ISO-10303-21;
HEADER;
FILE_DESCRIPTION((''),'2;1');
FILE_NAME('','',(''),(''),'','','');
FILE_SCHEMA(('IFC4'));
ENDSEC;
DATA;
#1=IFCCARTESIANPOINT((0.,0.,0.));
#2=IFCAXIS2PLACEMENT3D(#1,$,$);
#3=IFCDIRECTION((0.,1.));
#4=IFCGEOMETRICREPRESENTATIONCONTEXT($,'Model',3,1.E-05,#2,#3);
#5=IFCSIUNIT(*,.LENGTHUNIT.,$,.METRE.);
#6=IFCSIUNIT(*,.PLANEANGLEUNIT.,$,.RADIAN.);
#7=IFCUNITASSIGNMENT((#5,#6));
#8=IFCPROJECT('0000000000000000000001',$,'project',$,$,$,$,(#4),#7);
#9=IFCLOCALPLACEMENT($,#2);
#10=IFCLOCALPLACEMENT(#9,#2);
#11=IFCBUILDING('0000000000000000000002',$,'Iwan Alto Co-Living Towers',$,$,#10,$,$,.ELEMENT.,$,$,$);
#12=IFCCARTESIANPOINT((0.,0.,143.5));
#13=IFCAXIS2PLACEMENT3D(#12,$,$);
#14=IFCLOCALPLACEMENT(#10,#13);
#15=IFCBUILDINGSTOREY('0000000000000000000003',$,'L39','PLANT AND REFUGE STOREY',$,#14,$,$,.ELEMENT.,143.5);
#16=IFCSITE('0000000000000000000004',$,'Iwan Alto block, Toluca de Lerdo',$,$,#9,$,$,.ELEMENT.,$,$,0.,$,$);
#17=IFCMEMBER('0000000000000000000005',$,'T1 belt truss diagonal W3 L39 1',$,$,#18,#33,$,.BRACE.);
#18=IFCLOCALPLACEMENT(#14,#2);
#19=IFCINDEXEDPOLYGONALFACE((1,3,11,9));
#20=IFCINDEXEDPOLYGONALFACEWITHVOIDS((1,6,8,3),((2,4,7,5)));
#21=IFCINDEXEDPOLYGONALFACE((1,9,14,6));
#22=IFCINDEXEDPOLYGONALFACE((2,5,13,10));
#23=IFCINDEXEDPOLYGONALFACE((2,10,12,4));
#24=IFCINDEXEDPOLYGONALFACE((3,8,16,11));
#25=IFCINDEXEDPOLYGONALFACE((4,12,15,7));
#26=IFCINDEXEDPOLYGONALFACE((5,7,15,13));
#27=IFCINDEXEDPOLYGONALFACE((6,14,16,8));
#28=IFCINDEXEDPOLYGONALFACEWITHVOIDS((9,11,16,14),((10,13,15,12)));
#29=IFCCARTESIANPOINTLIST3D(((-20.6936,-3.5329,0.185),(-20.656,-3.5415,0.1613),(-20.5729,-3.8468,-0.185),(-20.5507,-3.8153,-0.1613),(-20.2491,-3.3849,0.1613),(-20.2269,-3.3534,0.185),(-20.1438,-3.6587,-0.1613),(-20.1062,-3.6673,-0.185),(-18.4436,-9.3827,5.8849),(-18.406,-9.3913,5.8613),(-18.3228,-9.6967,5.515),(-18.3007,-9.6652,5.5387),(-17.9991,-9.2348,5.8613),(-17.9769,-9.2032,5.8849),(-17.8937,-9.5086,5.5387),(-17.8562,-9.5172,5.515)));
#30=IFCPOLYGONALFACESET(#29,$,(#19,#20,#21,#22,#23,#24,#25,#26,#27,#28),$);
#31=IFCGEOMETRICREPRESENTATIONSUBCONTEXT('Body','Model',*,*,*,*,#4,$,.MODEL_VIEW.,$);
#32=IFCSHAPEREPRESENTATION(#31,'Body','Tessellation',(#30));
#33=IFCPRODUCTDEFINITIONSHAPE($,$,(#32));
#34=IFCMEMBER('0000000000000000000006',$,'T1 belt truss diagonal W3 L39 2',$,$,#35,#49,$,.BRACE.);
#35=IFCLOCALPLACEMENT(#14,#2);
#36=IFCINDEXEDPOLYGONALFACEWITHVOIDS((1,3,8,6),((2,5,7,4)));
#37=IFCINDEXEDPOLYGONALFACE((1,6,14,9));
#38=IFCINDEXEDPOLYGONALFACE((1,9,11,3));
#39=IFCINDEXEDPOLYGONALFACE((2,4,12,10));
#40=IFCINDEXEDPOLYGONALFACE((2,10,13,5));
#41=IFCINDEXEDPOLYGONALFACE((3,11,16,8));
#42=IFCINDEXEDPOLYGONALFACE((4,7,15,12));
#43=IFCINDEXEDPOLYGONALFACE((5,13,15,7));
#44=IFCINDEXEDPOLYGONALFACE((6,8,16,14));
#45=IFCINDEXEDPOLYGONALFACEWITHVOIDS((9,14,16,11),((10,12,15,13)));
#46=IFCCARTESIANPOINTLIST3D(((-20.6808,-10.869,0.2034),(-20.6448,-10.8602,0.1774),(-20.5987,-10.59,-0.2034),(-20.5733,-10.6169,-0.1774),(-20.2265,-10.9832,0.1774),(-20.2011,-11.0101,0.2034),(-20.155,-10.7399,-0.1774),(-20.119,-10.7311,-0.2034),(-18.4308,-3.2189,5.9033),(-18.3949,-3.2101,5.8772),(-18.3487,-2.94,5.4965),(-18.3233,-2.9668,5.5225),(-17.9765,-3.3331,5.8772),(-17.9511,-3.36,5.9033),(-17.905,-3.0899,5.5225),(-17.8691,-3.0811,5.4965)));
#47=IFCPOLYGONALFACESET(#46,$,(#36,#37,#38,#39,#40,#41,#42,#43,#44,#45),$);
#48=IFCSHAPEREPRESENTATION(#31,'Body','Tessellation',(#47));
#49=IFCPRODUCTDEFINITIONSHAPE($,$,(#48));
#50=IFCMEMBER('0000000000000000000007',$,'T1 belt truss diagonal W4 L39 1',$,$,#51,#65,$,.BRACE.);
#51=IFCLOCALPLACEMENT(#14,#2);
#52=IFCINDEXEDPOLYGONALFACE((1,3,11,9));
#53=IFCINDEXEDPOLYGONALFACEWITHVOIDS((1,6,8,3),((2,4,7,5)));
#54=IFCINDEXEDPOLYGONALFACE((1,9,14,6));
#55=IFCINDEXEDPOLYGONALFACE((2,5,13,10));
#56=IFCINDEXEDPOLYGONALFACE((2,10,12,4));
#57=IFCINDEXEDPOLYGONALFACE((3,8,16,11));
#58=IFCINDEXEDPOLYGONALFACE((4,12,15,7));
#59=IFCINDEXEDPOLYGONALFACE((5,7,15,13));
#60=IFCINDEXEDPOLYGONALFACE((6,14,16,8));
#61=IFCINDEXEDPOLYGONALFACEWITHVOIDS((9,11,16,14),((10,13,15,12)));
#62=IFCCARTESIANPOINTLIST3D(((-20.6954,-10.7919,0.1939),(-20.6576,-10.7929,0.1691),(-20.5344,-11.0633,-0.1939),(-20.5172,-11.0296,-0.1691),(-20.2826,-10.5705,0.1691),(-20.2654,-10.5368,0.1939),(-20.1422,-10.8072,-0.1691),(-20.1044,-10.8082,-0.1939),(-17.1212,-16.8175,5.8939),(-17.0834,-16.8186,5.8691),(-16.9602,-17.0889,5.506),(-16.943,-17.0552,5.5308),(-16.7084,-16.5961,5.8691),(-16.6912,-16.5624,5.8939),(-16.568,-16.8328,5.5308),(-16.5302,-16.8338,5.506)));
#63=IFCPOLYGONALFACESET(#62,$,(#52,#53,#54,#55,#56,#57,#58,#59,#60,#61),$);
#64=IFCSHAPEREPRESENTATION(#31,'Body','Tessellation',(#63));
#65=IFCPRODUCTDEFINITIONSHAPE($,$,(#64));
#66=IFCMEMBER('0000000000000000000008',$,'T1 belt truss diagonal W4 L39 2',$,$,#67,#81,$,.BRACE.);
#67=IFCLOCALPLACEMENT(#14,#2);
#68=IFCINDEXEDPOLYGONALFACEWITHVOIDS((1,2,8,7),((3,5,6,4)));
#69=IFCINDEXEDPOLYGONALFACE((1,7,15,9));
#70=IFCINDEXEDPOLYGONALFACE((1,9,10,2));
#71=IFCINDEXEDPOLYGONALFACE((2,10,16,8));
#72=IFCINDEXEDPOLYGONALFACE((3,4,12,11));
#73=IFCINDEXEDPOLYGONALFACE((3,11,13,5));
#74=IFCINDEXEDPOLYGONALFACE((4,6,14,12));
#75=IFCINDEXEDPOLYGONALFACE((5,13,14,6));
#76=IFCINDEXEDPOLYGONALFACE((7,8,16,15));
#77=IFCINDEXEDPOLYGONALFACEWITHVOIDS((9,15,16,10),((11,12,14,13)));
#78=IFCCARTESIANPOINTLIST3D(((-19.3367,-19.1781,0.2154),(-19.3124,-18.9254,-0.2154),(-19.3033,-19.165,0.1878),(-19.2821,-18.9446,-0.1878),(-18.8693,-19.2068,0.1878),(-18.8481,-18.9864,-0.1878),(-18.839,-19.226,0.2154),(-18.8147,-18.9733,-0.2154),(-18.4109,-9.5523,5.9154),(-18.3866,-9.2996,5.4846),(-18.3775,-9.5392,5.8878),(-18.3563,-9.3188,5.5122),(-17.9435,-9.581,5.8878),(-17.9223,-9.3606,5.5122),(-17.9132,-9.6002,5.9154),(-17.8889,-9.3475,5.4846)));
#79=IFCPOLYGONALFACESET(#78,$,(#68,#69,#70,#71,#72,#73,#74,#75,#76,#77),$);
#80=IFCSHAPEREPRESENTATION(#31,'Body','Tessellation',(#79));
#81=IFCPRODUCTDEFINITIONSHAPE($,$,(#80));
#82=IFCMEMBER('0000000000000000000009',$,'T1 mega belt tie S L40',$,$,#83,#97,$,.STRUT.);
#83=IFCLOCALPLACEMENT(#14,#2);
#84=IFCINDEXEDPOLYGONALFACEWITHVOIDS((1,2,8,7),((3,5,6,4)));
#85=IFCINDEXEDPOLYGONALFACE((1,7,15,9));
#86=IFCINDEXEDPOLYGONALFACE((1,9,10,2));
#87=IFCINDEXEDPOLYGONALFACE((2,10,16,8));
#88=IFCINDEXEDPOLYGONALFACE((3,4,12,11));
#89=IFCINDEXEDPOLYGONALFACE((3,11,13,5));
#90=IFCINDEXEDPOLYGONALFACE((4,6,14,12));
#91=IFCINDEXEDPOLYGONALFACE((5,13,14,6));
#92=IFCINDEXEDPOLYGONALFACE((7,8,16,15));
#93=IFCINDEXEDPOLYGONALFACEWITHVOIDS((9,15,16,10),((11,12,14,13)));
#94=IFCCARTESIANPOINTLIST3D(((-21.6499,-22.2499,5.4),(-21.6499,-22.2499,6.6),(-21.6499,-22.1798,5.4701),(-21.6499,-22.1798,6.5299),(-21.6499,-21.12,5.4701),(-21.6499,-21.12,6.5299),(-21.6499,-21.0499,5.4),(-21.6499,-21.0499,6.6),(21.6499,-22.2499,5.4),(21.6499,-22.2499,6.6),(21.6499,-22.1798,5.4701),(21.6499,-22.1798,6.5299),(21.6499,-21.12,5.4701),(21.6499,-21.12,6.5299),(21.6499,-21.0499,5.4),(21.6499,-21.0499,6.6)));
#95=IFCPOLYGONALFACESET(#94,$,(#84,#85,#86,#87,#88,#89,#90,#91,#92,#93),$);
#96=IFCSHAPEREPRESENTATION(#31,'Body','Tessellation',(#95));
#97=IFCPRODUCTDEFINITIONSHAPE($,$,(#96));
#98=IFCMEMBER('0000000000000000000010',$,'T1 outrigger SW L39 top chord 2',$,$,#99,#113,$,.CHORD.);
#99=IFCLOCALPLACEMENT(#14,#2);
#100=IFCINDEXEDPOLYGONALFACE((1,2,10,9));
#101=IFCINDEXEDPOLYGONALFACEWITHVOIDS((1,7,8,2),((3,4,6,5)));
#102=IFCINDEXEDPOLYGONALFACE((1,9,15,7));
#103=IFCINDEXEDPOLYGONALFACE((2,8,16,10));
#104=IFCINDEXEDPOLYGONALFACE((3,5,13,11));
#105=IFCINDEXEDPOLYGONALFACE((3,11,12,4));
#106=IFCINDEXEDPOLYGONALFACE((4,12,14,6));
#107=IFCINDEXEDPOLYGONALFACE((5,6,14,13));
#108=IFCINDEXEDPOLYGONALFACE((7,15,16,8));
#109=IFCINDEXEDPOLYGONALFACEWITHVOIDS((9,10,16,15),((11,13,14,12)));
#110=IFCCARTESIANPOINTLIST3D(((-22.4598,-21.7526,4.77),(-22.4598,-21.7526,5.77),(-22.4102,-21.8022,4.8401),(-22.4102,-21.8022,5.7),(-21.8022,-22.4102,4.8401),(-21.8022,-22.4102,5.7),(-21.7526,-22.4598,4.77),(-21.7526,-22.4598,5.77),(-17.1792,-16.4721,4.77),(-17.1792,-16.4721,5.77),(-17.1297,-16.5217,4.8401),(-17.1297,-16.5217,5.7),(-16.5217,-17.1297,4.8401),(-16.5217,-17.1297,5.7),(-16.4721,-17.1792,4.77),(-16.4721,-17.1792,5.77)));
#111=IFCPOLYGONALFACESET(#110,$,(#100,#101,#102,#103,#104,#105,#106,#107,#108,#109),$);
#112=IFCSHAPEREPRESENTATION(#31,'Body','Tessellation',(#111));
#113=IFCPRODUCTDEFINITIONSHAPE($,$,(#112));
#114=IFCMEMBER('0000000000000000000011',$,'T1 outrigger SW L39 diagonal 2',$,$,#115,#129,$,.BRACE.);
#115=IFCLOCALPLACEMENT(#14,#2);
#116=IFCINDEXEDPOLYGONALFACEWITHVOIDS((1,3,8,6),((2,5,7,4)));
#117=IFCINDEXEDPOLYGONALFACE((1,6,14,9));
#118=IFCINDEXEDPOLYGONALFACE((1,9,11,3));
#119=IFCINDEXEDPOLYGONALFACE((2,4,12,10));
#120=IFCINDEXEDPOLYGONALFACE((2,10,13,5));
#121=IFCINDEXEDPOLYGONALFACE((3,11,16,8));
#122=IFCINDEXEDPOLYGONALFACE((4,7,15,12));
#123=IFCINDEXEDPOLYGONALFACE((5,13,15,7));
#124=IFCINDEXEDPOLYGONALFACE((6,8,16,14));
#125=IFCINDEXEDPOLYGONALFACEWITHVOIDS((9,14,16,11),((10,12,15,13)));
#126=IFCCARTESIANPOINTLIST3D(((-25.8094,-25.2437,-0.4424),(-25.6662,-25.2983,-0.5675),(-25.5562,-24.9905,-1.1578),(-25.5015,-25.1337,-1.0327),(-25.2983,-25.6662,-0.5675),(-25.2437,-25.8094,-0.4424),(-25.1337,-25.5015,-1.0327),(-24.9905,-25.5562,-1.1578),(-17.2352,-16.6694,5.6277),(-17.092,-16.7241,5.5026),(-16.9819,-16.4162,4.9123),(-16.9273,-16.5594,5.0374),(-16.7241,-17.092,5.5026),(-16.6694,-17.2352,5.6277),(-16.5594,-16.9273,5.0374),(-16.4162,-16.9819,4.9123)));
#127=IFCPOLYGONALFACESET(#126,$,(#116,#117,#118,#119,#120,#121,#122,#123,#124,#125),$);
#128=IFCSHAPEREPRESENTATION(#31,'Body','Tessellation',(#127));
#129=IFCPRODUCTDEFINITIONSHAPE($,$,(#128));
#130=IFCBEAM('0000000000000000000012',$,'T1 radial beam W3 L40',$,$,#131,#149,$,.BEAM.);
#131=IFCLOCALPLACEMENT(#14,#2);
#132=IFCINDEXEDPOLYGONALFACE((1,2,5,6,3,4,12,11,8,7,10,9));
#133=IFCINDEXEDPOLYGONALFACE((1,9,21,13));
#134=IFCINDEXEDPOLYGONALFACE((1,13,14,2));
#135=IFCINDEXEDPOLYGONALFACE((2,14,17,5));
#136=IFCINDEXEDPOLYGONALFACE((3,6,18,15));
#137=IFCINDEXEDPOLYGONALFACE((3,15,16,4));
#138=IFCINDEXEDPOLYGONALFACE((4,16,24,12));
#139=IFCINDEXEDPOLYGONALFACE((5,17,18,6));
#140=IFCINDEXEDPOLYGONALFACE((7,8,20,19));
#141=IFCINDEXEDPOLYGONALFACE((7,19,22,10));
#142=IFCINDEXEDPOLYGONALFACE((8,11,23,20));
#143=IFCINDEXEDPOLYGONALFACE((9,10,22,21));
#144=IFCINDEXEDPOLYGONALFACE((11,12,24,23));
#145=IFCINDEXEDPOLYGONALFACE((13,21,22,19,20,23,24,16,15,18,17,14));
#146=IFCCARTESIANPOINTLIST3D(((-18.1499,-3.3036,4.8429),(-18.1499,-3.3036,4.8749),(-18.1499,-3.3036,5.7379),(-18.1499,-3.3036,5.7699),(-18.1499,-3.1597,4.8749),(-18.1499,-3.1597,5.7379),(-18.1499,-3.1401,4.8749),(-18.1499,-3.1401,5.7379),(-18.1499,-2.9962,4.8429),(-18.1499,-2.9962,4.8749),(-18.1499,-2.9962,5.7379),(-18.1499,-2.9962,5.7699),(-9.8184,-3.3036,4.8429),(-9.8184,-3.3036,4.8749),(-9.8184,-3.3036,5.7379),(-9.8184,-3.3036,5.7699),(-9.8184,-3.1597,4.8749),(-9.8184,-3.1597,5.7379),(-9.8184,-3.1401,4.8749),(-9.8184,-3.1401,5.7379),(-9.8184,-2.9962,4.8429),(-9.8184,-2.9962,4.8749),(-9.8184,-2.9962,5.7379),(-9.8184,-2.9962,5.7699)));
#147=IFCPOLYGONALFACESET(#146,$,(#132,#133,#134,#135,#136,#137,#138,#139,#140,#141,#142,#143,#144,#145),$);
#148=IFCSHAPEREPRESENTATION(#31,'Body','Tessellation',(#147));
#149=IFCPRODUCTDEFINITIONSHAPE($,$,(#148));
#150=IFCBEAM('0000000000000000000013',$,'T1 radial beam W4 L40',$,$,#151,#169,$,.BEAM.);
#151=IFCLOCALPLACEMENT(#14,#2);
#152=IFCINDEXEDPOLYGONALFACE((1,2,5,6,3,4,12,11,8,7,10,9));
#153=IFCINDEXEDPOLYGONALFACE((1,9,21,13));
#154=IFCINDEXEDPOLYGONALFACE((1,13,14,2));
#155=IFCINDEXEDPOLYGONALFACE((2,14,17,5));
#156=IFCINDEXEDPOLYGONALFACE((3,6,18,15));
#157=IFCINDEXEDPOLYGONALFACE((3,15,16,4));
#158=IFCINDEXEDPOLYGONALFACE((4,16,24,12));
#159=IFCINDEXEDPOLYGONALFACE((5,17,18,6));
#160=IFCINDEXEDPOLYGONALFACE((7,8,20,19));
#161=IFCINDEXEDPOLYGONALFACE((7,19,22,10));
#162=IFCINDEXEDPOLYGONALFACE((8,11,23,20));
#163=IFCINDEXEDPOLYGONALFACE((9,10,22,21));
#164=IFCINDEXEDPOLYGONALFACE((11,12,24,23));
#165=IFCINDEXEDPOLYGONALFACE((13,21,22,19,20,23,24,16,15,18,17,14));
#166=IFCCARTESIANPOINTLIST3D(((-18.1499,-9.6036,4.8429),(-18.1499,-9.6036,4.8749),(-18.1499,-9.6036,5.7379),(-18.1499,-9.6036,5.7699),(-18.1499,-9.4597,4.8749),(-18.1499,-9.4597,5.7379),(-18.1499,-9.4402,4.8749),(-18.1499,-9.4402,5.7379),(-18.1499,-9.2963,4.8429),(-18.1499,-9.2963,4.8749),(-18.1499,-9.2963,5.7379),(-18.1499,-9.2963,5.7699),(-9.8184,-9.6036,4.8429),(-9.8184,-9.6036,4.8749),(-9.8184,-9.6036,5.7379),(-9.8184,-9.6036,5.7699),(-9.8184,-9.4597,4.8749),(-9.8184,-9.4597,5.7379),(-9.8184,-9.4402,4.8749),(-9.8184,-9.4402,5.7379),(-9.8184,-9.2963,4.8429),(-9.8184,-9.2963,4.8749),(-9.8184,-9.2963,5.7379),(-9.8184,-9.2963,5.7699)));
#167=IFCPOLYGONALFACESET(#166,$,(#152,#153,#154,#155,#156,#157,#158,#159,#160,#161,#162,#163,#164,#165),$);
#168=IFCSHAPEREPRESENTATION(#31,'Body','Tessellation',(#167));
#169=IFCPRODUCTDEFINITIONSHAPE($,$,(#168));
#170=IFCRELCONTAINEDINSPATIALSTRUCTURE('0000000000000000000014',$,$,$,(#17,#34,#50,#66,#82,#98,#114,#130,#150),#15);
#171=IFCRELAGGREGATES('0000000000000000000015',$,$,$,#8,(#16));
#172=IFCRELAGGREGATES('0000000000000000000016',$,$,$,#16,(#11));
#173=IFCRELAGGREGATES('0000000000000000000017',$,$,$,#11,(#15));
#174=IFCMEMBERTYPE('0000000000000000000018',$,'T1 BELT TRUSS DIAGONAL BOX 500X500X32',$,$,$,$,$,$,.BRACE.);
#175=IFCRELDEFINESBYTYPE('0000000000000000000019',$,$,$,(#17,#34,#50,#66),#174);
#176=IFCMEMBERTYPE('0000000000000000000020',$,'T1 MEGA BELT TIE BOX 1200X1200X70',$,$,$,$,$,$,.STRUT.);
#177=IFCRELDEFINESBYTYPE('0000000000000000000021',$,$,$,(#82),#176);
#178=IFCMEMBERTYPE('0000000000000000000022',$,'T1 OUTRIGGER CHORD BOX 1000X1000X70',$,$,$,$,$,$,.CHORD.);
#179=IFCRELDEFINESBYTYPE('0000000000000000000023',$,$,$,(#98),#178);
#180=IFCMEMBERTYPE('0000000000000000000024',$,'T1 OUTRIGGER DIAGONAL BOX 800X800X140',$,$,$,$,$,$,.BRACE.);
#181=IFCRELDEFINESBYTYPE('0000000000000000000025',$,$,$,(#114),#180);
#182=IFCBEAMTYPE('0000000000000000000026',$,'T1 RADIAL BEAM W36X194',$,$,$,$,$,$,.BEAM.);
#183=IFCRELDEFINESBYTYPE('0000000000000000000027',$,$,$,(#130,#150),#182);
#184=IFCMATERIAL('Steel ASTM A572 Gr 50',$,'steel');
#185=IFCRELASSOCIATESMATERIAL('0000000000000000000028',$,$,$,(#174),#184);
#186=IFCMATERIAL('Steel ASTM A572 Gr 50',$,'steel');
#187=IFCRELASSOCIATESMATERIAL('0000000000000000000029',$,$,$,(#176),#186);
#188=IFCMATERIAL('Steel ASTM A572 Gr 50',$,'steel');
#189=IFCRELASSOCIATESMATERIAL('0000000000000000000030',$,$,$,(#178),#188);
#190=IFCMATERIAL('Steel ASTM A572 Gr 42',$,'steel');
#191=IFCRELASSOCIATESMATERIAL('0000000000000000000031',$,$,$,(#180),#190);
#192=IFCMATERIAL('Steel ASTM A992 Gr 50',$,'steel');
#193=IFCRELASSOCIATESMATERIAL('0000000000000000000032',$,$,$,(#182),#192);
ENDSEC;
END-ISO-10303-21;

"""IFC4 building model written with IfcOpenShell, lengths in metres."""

from ifc_helpers import new_model, si_unit, direction, frame, origin, origin_2d, place, context, subcontext, project, spatial, hollow_rectangle, i_section, extrude, material, material_profile, profile_set, type_object, element, save


model = new_model("IFC4")

# Units and contexts
model_context = context("Model", 3, precision=1e-05, world=origin(), true_north=direction((0.0, 1.0)))
body_context = subcontext(model_context, "Body", "Model", "MODEL_VIEW")
ifc_project = project(units=[si_unit("LENGTHUNIT", "METRE"), si_unit("PLANEANGLEUNIT", "RADIAN")], contexts=[model_context])

# Site, building, storey
site_placement = place(None, origin())
site = spatial("IfcSite", under=ifc_project, at=site_placement, Name="Iwan Alto block, Toluca de Lerdo", CompositionType="ELEMENT", RefElevation=0.0)
building_placement = place(site_placement, origin())
building = spatial("IfcBuilding", under=site, at=building_placement, Name="Iwan Alto Co-Living Towers", CompositionType="ELEMENT")
storey_placement = place(building_placement, frame((0.0, 0.0, 143.5)))
storey = spatial("IfcBuildingStorey", under=building, at=storey_placement, Name="L39", Description="PLANT AND REFUGE STOREY", CompositionType="ELEMENT", Elevation=143.5)

# Members
ifc_material_1 = material(Name="Steel ASTM A572 Gr 50", Category="steel")
ifc_material_profile_1 = material_profile(ifc_material_1, hollow_rectangle(XDim=0.5, YDim=0.5, WallThickness=0.032, at=origin_2d()), Name="BOX 500X500X32")
ifc_profile_set_1 = profile_set([ifc_material_profile_1], Name="Steel ASTM A572 Gr 50")
member_type_1 = type_object("IfcMemberType", Name="T1 BELT TRUSS DIAGONAL BOX 500X500X32", PredefinedType="BRACE", material=ifc_profile_set_1)
member_1_placement = place(storey_placement, frame((-20.3999, -3.6001, 0.0), z_axis=(0.265585, -0.690503, 0.672808), x_axis=(0.933343, 0.358987, 0.0)))
element("IfcMember", 1, at=member_1_placement, inside=storey, type_object=member_type_1, Name="T1 belt truss diagonal W3 L39 1", PredefinedType="BRACE", context=body_context, shape_type="SweptSolid", body=[
    extrude(hollow_rectangle(XDim=0.5, YDim=0.5, WallThickness=0.032, at=origin_2d()), origin(), (0.0, 0.0, 1.0), 8.4719),
])
member_2_placement = place(storey_placement, frame((-20.3999, -10.8, 0.0), z_axis=(0.229548, 0.780478, 0.581517), x_axis=(-0.959367, 0.282161, 0.0)))
element("IfcMember", 2, at=member_2_placement, inside=storey, type_object=member_type_1, Name="T1 belt truss diagonal W3 L39 2", PredefinedType="BRACE", context=body_context, shape_type="SweptSolid", body=[
    extrude(hollow_rectangle(XDim=0.5, YDim=0.5, WallThickness=0.032, at=origin_2d()), origin(), (0.0, 0.0, 1.0), 9.8018),
])
member_3_placement = place(storey_placement, frame((-20.3999, -10.8, 0.0), z_axis=(0.395739, -0.66716, 0.631101), x_axis=(0.860074, 0.510169, 0.0)))
element("IfcMember", 3, at=member_3_placement, inside=storey, type_object=member_type_1, Name="T1 belt truss diagonal W4 L39 1", PredefinedType="BRACE", context=body_context, shape_type="SweptSolid", body=[
    extrude(hollow_rectangle(XDim=0.5, YDim=0.5, WallThickness=0.032, at=origin_2d()), origin(), (0.0, 0.0, 1.0), 9.0317),
])
member_4_placement = place(storey_placement, frame((-19.0757, -19.0757, 0.0), z_axis=(0.082475, 0.857524, 0.50779), x_axis=(-0.995407, 0.095736, 0.0)))
element("IfcMember", 4, at=member_4_placement, inside=storey, type_object=member_type_1, Name="T1 belt truss diagonal W4 L39 2", PredefinedType="BRACE", context=body_context, shape_type="SweptSolid", body=[
    extrude(hollow_rectangle(XDim=0.5, YDim=0.5, WallThickness=0.032, at=origin_2d()), origin(), (0.0, 0.0, 1.0), 11.2251),
])
ifc_material_2 = material(Name="Steel ASTM A572 Gr 50", Category="steel")
ifc_material_profile_2 = material_profile(ifc_material_2, hollow_rectangle(XDim=1.2, YDim=1.2, WallThickness=0.0701, at=origin_2d()), Name="BOX 1200X1200X70")
ifc_profile_set_2 = profile_set([ifc_material_profile_2], Name="Steel ASTM A572 Gr 50")
member_type_2 = type_object("IfcMemberType", Name="T1 MEGA BELT TIE BOX 1200X1200X70", PredefinedType="STRUT", material=ifc_profile_set_2)
member_5_placement = place(storey_placement, frame((-21.6499, -21.6499, 6.0), z_axis=(1.0, 0.0, 0.0), x_axis=(0.0, 1.0, 0.0)))
element("IfcMember", 5, at=member_5_placement, inside=storey, type_object=member_type_2, Name="T1 mega belt tie S L40", PredefinedType="STRUT", context=body_context, shape_type="SweptSolid", body=[
    extrude(hollow_rectangle(XDim=1.2, YDim=1.2, WallThickness=0.0701, at=origin_2d()), origin(), (0.0, 0.0, 1.0), 43.2998),
])
ifc_material_3 = material(Name="Steel ASTM A572 Gr 50", Category="steel")
ifc_material_profile_3 = material_profile(ifc_material_3, hollow_rectangle(XDim=1.0, YDim=1.0, WallThickness=0.0701, at=origin_2d()), Name="BOX 1000X1000X70")
ifc_profile_set_3 = profile_set([ifc_material_profile_3], Name="Steel ASTM A572 Gr 50")
member_type_3 = type_object("IfcMemberType", Name="T1 OUTRIGGER CHORD BOX 1000X1000X70", PredefinedType="CHORD", material=ifc_profile_set_3)
member_6_placement = place(storey_placement, frame((-16.8257, -16.8257, 5.27), z_axis=(-0.707107, -0.707107, 0.0), x_axis=(0.707107, -0.707107, 0.0)))
element("IfcMember", 6, at=member_6_placement, inside=storey, type_object=member_type_3, Name="T1 outrigger SW L39 top chord 2", PredefinedType="CHORD", context=body_context, shape_type="SweptSolid", body=[
    extrude(hollow_rectangle(XDim=1.0, YDim=1.0, WallThickness=0.0701, at=origin_2d()), origin(), (0.0, 0.0, 1.0), 7.4678),
])
ifc_material_4 = material(Name="Steel ASTM A572 Gr 42", Category="steel")
ifc_material_profile_4 = material_profile(ifc_material_4, hollow_rectangle(XDim=0.8, YDim=0.8, WallThickness=0.1399, at=origin_2d()), Name="BOX 800X800X140")
ifc_profile_set_4 = profile_set([ifc_material_profile_4], Name="Steel ASTM A572 Gr 42")
member_type_4 = type_object("IfcMemberType", Name="T1 OUTRIGGER DIAGONAL BOX 800X800X140", PredefinedType="BRACE", material=ifc_profile_set_4)
member_7_placement = place(storey_placement, frame((-16.8257, -16.8257, 5.27), z_axis=(-0.632306, -0.632306, -0.447637), x_axis=(0.707107, -0.707107, 0.0)))
element("IfcMember", 7, at=member_7_placement, inside=storey, type_object=member_type_4, Name="T1 outrigger SW L39 diagonal 2", PredefinedType="BRACE", context=body_context, shape_type="SweptSolid", body=[
    extrude(hollow_rectangle(XDim=0.8, YDim=0.8, WallThickness=0.1399, at=origin_2d()), origin(), (0.0, 0.0, 1.0), 13.5603),
])

# Beams
ifc_material_5 = material(Name="Steel ASTM A992 Gr 50", Category="steel")
ifc_material_profile_5 = material_profile(ifc_material_5, i_section(OverallWidth=0.3074, OverallDepth=0.927, WebThickness=0.0195, FlangeThickness=0.032, at=origin_2d()), Name="W36X194")
ifc_profile_set_5 = profile_set([ifc_material_profile_5], Name="Steel ASTM A992 Gr 50")
beam_type_1 = type_object("IfcBeamType", Name="T1 RADIAL BEAM W36X194", PredefinedType="BEAM", material=ifc_profile_set_5)
for number, where, z_axis, x_axis, name in (
    (8, (-18.1499, -3.1499, 5.3064), (1.0, 0.0, 0.0), (0.0, 1.0, 0.0), "T1 radial beam W3 L40"),
    (9, (-18.1499, -9.45, 5.3064), (1.0, 0.0, 0.0), (0.0, 1.0, 0.0), "T1 radial beam W4 L40"),
):
    element("IfcBeam", number, at=place(storey_placement, frame(where, z_axis=z_axis, x_axis=x_axis)), inside=storey, type_object=beam_type_1, Name=name, PredefinedType="BEAM", context=body_context, shape_type="SweptSolid", body=[
        extrude(i_section(OverallWidth=0.3074, OverallDepth=0.927, WebThickness=0.0195, FlangeThickness=0.032, at=origin_2d()), origin(), (0.0, 0.0, 1.0), 8.3315),
    ])

save(model, "model.ifc")
